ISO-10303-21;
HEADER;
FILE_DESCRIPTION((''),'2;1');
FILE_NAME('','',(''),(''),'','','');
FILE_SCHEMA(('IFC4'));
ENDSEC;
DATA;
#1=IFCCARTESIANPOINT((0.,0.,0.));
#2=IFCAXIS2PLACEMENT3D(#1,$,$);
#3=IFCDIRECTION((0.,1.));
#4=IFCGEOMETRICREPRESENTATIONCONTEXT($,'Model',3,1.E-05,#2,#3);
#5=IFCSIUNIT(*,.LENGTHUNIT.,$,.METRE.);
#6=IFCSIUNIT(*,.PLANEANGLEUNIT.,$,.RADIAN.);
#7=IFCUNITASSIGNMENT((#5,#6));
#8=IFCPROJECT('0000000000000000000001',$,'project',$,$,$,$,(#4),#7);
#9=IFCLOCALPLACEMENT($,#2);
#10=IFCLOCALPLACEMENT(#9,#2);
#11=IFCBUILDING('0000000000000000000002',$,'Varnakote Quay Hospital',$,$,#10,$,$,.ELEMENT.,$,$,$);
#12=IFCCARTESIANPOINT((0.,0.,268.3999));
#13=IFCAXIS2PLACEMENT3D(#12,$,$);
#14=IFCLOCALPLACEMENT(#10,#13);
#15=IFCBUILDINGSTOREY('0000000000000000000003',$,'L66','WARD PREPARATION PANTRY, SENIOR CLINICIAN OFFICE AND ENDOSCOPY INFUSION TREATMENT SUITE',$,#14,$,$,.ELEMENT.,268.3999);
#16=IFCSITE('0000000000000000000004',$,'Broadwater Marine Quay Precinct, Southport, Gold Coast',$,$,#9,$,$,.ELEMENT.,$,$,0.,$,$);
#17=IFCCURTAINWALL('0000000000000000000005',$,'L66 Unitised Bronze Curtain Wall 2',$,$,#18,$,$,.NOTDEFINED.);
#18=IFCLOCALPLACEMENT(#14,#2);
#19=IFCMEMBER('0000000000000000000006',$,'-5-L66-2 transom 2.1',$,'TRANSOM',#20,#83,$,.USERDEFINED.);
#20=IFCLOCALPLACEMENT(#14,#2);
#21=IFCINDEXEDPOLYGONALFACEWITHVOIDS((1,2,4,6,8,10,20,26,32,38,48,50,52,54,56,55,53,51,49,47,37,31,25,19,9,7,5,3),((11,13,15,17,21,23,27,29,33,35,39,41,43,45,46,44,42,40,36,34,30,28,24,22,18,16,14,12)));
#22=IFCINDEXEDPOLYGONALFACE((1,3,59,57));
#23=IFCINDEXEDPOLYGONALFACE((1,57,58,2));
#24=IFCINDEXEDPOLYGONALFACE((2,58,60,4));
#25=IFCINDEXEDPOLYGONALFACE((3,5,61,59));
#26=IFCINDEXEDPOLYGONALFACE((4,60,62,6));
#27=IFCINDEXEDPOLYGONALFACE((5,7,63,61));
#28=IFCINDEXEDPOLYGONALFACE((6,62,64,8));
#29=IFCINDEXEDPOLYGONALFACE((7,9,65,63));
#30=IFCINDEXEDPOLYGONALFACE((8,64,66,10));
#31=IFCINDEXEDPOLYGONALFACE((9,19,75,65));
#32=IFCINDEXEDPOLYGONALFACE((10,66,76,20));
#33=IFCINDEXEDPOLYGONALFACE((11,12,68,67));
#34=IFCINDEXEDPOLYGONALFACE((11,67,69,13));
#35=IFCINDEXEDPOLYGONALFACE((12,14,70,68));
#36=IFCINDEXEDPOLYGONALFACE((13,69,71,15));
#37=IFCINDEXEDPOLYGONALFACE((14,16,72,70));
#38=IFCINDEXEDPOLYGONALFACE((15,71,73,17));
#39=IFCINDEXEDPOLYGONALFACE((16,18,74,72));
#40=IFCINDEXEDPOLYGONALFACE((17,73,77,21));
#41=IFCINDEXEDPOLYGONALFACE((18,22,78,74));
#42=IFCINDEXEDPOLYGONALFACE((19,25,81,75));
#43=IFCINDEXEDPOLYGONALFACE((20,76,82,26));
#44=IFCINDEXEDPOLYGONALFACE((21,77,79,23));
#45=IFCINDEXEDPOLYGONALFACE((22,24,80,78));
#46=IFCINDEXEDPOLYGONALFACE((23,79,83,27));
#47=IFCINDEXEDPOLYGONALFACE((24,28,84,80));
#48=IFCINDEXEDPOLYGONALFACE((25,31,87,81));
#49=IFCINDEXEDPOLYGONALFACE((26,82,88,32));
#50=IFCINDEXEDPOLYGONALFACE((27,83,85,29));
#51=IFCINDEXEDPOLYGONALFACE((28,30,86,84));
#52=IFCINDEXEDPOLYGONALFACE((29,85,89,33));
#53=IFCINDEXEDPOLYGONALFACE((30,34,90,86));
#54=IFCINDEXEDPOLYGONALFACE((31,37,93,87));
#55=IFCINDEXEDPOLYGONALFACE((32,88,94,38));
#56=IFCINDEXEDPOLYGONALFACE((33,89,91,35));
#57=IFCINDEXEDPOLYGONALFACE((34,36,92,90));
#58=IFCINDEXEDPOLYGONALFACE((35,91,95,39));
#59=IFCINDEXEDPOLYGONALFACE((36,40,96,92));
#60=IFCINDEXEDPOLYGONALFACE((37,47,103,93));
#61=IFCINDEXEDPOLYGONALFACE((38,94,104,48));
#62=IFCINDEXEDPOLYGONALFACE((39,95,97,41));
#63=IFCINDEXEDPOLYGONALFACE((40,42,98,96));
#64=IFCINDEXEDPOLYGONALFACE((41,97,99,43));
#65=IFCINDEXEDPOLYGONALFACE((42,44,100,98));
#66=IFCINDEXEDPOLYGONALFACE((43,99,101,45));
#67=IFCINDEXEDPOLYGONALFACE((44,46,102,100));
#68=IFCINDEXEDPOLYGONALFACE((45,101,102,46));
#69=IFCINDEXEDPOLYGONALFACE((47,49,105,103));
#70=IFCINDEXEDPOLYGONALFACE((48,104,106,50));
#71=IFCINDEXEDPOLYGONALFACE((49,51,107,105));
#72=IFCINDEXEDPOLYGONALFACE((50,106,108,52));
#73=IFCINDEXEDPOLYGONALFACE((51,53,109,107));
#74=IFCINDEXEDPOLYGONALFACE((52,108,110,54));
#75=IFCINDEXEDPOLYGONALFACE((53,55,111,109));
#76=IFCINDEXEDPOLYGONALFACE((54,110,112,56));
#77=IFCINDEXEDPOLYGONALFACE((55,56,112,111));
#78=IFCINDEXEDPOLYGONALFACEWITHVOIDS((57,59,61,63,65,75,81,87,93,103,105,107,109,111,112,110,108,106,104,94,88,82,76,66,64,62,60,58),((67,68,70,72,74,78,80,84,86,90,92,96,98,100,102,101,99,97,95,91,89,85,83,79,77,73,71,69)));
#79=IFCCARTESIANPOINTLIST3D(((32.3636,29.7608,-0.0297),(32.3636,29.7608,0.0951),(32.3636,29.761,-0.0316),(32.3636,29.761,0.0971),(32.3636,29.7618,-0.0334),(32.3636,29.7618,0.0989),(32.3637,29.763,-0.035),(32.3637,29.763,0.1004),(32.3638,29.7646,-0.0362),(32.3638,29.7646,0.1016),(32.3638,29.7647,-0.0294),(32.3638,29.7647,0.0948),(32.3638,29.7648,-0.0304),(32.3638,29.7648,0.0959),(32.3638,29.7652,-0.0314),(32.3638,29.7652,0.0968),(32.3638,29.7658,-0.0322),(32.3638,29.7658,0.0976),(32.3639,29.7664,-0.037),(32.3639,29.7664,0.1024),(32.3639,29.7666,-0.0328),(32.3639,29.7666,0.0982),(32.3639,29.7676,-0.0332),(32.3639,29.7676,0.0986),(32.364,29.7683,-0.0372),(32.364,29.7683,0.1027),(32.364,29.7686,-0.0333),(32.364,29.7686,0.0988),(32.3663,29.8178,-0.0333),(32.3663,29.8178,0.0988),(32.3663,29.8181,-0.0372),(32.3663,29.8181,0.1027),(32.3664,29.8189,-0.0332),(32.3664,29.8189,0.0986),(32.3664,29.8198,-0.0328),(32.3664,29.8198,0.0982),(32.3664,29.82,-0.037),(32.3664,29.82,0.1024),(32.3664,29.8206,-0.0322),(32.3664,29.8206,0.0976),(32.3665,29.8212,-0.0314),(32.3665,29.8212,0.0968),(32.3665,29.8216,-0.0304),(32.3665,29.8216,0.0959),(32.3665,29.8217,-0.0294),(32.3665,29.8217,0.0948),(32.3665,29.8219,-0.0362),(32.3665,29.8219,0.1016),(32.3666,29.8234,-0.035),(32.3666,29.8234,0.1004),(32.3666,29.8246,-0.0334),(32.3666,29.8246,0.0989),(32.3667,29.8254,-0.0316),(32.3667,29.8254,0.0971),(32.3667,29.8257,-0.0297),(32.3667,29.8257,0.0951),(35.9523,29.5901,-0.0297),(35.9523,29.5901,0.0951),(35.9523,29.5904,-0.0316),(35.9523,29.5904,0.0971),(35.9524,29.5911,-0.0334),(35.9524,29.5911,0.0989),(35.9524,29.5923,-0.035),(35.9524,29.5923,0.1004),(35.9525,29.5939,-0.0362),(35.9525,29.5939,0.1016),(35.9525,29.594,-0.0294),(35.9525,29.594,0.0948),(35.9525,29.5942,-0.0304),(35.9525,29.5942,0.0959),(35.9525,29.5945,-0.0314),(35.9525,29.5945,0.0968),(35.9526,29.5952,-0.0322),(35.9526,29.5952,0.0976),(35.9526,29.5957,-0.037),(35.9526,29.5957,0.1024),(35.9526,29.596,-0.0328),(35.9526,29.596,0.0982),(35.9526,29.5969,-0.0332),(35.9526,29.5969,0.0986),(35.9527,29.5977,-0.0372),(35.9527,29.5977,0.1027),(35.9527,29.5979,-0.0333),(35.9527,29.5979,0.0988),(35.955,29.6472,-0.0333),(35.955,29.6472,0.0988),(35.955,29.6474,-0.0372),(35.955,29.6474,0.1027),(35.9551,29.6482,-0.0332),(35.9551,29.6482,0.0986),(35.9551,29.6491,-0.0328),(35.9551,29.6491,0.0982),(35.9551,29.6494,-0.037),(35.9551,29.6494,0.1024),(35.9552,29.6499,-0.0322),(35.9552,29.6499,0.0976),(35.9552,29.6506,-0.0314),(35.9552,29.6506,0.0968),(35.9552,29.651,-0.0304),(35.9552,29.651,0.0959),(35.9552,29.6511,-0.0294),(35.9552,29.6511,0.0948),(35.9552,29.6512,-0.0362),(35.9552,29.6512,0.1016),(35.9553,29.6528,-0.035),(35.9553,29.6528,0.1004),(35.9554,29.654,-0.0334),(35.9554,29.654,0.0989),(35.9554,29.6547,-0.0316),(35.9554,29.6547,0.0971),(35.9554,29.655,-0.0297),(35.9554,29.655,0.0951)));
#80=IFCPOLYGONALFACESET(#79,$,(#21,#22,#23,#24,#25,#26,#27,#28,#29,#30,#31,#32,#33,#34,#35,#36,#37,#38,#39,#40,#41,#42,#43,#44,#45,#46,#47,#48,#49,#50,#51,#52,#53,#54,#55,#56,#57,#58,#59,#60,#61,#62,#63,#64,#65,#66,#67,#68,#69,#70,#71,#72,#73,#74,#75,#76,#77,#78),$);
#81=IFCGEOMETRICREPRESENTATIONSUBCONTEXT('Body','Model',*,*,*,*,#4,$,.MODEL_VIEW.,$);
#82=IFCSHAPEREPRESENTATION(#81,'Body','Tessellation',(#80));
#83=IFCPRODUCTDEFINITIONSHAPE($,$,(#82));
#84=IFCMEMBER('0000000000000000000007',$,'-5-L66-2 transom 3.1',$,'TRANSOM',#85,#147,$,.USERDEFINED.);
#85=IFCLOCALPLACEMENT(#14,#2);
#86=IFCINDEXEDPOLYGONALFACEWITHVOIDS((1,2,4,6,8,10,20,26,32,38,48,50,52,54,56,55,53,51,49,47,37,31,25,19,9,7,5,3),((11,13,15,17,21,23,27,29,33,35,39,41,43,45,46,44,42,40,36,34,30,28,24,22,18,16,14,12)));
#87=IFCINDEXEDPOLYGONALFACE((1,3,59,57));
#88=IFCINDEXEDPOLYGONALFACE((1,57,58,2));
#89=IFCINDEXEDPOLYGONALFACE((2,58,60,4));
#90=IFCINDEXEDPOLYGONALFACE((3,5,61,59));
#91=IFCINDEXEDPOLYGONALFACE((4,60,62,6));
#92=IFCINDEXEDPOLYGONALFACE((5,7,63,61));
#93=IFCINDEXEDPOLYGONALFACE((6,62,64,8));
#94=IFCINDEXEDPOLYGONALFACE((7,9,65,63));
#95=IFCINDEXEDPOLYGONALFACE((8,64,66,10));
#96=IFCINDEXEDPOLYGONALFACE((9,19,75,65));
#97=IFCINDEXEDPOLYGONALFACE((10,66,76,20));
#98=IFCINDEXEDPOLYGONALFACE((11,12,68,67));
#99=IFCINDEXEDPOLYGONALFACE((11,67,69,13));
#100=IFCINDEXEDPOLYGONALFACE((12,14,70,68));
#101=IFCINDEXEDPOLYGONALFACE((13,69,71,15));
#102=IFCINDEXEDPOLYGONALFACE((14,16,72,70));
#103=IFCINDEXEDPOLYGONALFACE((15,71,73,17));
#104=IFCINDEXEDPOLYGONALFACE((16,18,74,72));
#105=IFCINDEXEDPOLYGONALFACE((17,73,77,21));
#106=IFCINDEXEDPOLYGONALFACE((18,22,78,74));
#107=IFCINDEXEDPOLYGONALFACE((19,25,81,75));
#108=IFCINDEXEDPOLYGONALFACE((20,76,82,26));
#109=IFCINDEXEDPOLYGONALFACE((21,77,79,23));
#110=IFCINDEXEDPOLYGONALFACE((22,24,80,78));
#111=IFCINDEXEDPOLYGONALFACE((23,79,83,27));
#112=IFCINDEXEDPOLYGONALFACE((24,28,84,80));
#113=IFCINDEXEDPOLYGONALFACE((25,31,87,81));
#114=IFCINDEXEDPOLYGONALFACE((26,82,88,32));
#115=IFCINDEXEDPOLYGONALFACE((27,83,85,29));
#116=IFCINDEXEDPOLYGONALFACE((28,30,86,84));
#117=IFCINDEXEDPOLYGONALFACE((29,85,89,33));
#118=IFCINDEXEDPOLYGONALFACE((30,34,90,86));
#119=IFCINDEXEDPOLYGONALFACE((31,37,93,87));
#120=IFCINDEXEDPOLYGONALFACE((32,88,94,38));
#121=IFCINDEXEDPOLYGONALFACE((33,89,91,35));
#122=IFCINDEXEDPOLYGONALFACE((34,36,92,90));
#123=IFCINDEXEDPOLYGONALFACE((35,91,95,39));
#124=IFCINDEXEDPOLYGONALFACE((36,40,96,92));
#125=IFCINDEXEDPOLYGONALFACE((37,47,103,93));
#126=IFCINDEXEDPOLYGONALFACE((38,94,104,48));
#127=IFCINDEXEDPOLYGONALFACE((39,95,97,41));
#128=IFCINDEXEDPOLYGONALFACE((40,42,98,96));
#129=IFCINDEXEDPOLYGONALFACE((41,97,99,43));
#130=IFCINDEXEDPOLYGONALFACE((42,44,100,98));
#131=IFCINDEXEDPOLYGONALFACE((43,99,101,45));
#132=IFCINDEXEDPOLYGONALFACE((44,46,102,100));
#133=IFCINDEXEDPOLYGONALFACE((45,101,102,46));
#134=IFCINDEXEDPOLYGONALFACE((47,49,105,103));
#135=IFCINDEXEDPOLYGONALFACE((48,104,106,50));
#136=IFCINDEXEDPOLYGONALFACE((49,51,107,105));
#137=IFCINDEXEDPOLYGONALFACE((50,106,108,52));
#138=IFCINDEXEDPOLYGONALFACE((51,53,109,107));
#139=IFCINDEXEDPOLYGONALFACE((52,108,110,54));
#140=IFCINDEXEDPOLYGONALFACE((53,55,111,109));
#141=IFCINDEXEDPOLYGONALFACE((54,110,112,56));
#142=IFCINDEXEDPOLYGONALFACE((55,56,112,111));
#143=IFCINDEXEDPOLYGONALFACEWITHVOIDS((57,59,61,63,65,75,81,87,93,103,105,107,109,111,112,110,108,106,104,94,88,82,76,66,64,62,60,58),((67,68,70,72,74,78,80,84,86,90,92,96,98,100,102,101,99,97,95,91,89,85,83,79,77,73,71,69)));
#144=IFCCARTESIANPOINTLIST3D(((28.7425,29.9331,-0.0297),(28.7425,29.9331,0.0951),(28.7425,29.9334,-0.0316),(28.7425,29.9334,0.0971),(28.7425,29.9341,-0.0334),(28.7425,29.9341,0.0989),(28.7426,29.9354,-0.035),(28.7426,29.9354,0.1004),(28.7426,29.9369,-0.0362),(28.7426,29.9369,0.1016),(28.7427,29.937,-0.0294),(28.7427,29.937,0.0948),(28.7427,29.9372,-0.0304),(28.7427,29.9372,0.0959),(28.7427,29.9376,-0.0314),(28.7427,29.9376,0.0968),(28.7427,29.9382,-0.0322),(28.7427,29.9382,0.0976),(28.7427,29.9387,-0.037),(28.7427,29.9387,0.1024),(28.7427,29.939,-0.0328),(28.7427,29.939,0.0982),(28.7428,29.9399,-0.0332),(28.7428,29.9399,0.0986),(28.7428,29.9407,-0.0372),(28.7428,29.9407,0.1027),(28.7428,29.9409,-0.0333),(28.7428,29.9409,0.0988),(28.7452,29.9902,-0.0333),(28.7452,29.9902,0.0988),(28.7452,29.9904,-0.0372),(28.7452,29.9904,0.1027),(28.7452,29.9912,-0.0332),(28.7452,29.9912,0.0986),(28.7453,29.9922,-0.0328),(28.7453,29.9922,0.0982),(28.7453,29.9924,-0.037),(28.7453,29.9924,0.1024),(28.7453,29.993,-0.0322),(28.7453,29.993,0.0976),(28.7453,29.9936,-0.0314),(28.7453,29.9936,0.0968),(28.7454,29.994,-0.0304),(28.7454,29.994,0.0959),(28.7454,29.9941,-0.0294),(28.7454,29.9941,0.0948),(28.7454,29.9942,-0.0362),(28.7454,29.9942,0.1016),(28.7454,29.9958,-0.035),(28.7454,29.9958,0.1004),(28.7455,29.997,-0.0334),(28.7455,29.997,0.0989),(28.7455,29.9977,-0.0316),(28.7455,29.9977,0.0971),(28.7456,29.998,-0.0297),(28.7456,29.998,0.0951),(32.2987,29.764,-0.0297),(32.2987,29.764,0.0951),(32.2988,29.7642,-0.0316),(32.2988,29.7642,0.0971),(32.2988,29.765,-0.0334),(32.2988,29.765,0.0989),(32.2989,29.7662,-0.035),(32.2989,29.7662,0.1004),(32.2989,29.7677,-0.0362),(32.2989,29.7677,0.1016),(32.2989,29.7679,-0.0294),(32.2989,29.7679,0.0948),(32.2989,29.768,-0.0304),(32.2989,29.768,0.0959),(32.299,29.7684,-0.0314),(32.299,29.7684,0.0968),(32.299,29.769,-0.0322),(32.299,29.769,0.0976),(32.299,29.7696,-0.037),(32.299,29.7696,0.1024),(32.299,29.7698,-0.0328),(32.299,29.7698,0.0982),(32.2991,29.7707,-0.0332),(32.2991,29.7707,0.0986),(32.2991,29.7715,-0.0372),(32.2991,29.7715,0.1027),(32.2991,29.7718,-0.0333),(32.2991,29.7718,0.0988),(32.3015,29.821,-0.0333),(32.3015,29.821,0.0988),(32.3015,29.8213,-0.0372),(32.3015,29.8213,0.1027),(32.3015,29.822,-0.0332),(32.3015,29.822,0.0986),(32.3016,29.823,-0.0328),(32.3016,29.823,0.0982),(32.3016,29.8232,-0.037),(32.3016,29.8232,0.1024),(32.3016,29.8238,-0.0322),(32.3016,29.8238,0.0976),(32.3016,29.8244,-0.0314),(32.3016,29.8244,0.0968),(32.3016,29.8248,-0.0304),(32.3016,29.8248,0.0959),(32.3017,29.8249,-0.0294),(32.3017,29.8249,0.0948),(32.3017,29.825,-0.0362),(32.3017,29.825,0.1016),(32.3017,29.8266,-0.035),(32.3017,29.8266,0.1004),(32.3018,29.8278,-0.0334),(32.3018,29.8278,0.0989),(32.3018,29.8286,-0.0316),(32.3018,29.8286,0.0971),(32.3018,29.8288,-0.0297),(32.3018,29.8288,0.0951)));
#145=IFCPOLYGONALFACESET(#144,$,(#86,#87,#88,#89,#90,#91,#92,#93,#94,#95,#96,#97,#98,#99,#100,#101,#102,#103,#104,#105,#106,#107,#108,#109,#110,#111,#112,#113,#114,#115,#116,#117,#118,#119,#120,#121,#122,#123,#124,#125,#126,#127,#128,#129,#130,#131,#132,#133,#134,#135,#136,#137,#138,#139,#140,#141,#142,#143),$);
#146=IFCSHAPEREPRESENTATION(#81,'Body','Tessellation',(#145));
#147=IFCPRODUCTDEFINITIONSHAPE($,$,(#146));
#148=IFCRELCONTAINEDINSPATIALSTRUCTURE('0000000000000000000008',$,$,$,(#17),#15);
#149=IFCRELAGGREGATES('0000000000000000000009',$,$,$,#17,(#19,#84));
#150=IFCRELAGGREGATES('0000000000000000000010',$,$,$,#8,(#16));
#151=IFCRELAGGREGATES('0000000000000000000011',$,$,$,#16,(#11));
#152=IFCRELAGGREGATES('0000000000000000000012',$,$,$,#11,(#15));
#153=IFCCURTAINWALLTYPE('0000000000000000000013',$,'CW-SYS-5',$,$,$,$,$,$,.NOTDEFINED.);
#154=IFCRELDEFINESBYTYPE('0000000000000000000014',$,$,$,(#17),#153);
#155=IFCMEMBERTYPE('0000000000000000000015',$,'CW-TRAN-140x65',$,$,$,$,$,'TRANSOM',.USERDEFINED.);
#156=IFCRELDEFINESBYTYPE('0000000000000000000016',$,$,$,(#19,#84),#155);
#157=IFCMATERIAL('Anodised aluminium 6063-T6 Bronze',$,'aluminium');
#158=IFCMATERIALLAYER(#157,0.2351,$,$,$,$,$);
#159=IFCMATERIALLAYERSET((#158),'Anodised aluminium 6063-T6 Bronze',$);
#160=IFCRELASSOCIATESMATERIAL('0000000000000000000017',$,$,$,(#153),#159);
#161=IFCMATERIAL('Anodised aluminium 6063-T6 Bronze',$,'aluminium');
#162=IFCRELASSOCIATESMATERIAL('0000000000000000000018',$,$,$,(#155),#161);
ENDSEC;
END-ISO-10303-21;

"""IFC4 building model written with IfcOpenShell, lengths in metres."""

from ifc_helpers import new_model, si_unit, direction, frame, origin, origin_2d, place, context, subcontext, project, spatial, hollow_rectangle, extrude, material, layer, layer_set, material_profile, profile_set, type_object, element, aggregate, save


model = new_model("IFC4")

# Units and contexts
model_context = context("Model", 3, precision=1e-05, world=origin(), true_north=direction((0.0, 1.0)))
body_context = subcontext(model_context, "Body", "Model", "MODEL_VIEW")
ifc_project = project(units=[si_unit("LENGTHUNIT", "METRE"), si_unit("PLANEANGLEUNIT", "RADIAN")], contexts=[model_context])

# Site, building, storey
site_placement = place(None, origin())
site = spatial("IfcSite", under=ifc_project, at=site_placement, Name="Broadwater Marine Quay Precinct, Southport, Gold Coast", CompositionType="ELEMENT", RefElevation=0.0)
building_placement = place(site_placement, origin())
building = spatial("IfcBuilding", under=site, at=building_placement, Name="Varnakote Quay Hospital", CompositionType="ELEMENT")
storey_placement = place(building_placement, frame((0.0, 0.0, 268.3999)))
storey = spatial("IfcBuildingStorey", under=building, at=storey_placement, Name="L66", Description="WARD PREPARATION PANTRY, SENIOR CLINICIAN OFFICE AND ENDOSCOPY INFUSION TREATMENT SUITE", CompositionType="ELEMENT", Elevation=268.3999)

# Curtain wall, members
ifc_material_1 = material(Name="Anodised aluminium 6063-T6 Bronze", Category="aluminium")
ifc_layer_1 = layer(ifc_material_1, 0.2351)
ifc_layer_set_1 = layer_set([ifc_layer_1], Name="Anodised aluminium 6063-T6 Bronze")
curtain_wall_type = type_object("IfcCurtainWallType", Name="CW-SYS-5", PredefinedType="NOTDEFINED", material=ifc_layer_set_1)
curtain_wall_placement = place(storey_placement, origin())
curtain_wall = element("IfcCurtainWall", 1, at=curtain_wall_placement, inside=storey, type_object=curtain_wall_type, Name="L66 Unitised Bronze Curtain Wall 2", PredefinedType="NOTDEFINED")
ifc_material_2 = material(Name="Anodised aluminium 6063-T6 Bronze", Category="aluminium")
ifc_material_profile_1 = material_profile(ifc_material_2, hollow_rectangle(XDim=0.0649, YDim=0.1399, WallThickness=0.0039, InnerFilletRadius=0.0039, OuterFilletRadius=0.0076, at=origin_2d()), Name="CW-TRAN-140x65")
ifc_profile_set_1 = profile_set([ifc_material_profile_1], Name="Anodised aluminium 6063-T6 Bronze")
member_type_1 = type_object("IfcMemberType", Name="CW-TRAN-140x65", ElementType="TRANSOM", PredefinedType="USERDEFINED", material=ifc_profile_set_1)
member_1_placement = place(storey_placement, frame((35.9539, 29.6226, 0.0327), z_axis=(-0.998871, 0.047501, 0.0), x_axis=(-0.047501, -0.998871, 0.0)))
member_1 = element("IfcMember", 2, at=member_1_placement, type_object=member_type_1, Name="-5-L66-2 transom 2.1", ObjectType="TRANSOM", PredefinedType="USERDEFINED", context=body_context, shape_type="SweptSolid", body=[
    extrude(hollow_rectangle(XDim=0.0649, YDim=0.1399, WallThickness=0.0039, InnerFilletRadius=0.0039, OuterFilletRadius=0.0076, at=origin_2d()), origin(), (0.0, 0.0, 1.0), 3.5928),
])
member_2_placement = place(storey_placement, frame((32.3003, 29.7964, 0.0327), z_axis=(-0.99887, 0.04752, 0.0), x_axis=(-0.04752, -0.99887, 0.0)))
member_2 = element("IfcMember", 3, at=member_2_placement, type_object=member_type_1, Name="-5-L66-2 transom 3.1", ObjectType="TRANSOM", PredefinedType="USERDEFINED", context=body_context, shape_type="SweptSolid", body=[
    extrude(hollow_rectangle(XDim=0.0649, YDim=0.1399, WallThickness=0.0039, InnerFilletRadius=0.0039, OuterFilletRadius=0.0076, at=origin_2d()), origin(), (0.0, 0.0, 1.0), 3.5603),
])

aggregate(curtain_wall, [member_1, member_2])

save(model, "model.ifc")
